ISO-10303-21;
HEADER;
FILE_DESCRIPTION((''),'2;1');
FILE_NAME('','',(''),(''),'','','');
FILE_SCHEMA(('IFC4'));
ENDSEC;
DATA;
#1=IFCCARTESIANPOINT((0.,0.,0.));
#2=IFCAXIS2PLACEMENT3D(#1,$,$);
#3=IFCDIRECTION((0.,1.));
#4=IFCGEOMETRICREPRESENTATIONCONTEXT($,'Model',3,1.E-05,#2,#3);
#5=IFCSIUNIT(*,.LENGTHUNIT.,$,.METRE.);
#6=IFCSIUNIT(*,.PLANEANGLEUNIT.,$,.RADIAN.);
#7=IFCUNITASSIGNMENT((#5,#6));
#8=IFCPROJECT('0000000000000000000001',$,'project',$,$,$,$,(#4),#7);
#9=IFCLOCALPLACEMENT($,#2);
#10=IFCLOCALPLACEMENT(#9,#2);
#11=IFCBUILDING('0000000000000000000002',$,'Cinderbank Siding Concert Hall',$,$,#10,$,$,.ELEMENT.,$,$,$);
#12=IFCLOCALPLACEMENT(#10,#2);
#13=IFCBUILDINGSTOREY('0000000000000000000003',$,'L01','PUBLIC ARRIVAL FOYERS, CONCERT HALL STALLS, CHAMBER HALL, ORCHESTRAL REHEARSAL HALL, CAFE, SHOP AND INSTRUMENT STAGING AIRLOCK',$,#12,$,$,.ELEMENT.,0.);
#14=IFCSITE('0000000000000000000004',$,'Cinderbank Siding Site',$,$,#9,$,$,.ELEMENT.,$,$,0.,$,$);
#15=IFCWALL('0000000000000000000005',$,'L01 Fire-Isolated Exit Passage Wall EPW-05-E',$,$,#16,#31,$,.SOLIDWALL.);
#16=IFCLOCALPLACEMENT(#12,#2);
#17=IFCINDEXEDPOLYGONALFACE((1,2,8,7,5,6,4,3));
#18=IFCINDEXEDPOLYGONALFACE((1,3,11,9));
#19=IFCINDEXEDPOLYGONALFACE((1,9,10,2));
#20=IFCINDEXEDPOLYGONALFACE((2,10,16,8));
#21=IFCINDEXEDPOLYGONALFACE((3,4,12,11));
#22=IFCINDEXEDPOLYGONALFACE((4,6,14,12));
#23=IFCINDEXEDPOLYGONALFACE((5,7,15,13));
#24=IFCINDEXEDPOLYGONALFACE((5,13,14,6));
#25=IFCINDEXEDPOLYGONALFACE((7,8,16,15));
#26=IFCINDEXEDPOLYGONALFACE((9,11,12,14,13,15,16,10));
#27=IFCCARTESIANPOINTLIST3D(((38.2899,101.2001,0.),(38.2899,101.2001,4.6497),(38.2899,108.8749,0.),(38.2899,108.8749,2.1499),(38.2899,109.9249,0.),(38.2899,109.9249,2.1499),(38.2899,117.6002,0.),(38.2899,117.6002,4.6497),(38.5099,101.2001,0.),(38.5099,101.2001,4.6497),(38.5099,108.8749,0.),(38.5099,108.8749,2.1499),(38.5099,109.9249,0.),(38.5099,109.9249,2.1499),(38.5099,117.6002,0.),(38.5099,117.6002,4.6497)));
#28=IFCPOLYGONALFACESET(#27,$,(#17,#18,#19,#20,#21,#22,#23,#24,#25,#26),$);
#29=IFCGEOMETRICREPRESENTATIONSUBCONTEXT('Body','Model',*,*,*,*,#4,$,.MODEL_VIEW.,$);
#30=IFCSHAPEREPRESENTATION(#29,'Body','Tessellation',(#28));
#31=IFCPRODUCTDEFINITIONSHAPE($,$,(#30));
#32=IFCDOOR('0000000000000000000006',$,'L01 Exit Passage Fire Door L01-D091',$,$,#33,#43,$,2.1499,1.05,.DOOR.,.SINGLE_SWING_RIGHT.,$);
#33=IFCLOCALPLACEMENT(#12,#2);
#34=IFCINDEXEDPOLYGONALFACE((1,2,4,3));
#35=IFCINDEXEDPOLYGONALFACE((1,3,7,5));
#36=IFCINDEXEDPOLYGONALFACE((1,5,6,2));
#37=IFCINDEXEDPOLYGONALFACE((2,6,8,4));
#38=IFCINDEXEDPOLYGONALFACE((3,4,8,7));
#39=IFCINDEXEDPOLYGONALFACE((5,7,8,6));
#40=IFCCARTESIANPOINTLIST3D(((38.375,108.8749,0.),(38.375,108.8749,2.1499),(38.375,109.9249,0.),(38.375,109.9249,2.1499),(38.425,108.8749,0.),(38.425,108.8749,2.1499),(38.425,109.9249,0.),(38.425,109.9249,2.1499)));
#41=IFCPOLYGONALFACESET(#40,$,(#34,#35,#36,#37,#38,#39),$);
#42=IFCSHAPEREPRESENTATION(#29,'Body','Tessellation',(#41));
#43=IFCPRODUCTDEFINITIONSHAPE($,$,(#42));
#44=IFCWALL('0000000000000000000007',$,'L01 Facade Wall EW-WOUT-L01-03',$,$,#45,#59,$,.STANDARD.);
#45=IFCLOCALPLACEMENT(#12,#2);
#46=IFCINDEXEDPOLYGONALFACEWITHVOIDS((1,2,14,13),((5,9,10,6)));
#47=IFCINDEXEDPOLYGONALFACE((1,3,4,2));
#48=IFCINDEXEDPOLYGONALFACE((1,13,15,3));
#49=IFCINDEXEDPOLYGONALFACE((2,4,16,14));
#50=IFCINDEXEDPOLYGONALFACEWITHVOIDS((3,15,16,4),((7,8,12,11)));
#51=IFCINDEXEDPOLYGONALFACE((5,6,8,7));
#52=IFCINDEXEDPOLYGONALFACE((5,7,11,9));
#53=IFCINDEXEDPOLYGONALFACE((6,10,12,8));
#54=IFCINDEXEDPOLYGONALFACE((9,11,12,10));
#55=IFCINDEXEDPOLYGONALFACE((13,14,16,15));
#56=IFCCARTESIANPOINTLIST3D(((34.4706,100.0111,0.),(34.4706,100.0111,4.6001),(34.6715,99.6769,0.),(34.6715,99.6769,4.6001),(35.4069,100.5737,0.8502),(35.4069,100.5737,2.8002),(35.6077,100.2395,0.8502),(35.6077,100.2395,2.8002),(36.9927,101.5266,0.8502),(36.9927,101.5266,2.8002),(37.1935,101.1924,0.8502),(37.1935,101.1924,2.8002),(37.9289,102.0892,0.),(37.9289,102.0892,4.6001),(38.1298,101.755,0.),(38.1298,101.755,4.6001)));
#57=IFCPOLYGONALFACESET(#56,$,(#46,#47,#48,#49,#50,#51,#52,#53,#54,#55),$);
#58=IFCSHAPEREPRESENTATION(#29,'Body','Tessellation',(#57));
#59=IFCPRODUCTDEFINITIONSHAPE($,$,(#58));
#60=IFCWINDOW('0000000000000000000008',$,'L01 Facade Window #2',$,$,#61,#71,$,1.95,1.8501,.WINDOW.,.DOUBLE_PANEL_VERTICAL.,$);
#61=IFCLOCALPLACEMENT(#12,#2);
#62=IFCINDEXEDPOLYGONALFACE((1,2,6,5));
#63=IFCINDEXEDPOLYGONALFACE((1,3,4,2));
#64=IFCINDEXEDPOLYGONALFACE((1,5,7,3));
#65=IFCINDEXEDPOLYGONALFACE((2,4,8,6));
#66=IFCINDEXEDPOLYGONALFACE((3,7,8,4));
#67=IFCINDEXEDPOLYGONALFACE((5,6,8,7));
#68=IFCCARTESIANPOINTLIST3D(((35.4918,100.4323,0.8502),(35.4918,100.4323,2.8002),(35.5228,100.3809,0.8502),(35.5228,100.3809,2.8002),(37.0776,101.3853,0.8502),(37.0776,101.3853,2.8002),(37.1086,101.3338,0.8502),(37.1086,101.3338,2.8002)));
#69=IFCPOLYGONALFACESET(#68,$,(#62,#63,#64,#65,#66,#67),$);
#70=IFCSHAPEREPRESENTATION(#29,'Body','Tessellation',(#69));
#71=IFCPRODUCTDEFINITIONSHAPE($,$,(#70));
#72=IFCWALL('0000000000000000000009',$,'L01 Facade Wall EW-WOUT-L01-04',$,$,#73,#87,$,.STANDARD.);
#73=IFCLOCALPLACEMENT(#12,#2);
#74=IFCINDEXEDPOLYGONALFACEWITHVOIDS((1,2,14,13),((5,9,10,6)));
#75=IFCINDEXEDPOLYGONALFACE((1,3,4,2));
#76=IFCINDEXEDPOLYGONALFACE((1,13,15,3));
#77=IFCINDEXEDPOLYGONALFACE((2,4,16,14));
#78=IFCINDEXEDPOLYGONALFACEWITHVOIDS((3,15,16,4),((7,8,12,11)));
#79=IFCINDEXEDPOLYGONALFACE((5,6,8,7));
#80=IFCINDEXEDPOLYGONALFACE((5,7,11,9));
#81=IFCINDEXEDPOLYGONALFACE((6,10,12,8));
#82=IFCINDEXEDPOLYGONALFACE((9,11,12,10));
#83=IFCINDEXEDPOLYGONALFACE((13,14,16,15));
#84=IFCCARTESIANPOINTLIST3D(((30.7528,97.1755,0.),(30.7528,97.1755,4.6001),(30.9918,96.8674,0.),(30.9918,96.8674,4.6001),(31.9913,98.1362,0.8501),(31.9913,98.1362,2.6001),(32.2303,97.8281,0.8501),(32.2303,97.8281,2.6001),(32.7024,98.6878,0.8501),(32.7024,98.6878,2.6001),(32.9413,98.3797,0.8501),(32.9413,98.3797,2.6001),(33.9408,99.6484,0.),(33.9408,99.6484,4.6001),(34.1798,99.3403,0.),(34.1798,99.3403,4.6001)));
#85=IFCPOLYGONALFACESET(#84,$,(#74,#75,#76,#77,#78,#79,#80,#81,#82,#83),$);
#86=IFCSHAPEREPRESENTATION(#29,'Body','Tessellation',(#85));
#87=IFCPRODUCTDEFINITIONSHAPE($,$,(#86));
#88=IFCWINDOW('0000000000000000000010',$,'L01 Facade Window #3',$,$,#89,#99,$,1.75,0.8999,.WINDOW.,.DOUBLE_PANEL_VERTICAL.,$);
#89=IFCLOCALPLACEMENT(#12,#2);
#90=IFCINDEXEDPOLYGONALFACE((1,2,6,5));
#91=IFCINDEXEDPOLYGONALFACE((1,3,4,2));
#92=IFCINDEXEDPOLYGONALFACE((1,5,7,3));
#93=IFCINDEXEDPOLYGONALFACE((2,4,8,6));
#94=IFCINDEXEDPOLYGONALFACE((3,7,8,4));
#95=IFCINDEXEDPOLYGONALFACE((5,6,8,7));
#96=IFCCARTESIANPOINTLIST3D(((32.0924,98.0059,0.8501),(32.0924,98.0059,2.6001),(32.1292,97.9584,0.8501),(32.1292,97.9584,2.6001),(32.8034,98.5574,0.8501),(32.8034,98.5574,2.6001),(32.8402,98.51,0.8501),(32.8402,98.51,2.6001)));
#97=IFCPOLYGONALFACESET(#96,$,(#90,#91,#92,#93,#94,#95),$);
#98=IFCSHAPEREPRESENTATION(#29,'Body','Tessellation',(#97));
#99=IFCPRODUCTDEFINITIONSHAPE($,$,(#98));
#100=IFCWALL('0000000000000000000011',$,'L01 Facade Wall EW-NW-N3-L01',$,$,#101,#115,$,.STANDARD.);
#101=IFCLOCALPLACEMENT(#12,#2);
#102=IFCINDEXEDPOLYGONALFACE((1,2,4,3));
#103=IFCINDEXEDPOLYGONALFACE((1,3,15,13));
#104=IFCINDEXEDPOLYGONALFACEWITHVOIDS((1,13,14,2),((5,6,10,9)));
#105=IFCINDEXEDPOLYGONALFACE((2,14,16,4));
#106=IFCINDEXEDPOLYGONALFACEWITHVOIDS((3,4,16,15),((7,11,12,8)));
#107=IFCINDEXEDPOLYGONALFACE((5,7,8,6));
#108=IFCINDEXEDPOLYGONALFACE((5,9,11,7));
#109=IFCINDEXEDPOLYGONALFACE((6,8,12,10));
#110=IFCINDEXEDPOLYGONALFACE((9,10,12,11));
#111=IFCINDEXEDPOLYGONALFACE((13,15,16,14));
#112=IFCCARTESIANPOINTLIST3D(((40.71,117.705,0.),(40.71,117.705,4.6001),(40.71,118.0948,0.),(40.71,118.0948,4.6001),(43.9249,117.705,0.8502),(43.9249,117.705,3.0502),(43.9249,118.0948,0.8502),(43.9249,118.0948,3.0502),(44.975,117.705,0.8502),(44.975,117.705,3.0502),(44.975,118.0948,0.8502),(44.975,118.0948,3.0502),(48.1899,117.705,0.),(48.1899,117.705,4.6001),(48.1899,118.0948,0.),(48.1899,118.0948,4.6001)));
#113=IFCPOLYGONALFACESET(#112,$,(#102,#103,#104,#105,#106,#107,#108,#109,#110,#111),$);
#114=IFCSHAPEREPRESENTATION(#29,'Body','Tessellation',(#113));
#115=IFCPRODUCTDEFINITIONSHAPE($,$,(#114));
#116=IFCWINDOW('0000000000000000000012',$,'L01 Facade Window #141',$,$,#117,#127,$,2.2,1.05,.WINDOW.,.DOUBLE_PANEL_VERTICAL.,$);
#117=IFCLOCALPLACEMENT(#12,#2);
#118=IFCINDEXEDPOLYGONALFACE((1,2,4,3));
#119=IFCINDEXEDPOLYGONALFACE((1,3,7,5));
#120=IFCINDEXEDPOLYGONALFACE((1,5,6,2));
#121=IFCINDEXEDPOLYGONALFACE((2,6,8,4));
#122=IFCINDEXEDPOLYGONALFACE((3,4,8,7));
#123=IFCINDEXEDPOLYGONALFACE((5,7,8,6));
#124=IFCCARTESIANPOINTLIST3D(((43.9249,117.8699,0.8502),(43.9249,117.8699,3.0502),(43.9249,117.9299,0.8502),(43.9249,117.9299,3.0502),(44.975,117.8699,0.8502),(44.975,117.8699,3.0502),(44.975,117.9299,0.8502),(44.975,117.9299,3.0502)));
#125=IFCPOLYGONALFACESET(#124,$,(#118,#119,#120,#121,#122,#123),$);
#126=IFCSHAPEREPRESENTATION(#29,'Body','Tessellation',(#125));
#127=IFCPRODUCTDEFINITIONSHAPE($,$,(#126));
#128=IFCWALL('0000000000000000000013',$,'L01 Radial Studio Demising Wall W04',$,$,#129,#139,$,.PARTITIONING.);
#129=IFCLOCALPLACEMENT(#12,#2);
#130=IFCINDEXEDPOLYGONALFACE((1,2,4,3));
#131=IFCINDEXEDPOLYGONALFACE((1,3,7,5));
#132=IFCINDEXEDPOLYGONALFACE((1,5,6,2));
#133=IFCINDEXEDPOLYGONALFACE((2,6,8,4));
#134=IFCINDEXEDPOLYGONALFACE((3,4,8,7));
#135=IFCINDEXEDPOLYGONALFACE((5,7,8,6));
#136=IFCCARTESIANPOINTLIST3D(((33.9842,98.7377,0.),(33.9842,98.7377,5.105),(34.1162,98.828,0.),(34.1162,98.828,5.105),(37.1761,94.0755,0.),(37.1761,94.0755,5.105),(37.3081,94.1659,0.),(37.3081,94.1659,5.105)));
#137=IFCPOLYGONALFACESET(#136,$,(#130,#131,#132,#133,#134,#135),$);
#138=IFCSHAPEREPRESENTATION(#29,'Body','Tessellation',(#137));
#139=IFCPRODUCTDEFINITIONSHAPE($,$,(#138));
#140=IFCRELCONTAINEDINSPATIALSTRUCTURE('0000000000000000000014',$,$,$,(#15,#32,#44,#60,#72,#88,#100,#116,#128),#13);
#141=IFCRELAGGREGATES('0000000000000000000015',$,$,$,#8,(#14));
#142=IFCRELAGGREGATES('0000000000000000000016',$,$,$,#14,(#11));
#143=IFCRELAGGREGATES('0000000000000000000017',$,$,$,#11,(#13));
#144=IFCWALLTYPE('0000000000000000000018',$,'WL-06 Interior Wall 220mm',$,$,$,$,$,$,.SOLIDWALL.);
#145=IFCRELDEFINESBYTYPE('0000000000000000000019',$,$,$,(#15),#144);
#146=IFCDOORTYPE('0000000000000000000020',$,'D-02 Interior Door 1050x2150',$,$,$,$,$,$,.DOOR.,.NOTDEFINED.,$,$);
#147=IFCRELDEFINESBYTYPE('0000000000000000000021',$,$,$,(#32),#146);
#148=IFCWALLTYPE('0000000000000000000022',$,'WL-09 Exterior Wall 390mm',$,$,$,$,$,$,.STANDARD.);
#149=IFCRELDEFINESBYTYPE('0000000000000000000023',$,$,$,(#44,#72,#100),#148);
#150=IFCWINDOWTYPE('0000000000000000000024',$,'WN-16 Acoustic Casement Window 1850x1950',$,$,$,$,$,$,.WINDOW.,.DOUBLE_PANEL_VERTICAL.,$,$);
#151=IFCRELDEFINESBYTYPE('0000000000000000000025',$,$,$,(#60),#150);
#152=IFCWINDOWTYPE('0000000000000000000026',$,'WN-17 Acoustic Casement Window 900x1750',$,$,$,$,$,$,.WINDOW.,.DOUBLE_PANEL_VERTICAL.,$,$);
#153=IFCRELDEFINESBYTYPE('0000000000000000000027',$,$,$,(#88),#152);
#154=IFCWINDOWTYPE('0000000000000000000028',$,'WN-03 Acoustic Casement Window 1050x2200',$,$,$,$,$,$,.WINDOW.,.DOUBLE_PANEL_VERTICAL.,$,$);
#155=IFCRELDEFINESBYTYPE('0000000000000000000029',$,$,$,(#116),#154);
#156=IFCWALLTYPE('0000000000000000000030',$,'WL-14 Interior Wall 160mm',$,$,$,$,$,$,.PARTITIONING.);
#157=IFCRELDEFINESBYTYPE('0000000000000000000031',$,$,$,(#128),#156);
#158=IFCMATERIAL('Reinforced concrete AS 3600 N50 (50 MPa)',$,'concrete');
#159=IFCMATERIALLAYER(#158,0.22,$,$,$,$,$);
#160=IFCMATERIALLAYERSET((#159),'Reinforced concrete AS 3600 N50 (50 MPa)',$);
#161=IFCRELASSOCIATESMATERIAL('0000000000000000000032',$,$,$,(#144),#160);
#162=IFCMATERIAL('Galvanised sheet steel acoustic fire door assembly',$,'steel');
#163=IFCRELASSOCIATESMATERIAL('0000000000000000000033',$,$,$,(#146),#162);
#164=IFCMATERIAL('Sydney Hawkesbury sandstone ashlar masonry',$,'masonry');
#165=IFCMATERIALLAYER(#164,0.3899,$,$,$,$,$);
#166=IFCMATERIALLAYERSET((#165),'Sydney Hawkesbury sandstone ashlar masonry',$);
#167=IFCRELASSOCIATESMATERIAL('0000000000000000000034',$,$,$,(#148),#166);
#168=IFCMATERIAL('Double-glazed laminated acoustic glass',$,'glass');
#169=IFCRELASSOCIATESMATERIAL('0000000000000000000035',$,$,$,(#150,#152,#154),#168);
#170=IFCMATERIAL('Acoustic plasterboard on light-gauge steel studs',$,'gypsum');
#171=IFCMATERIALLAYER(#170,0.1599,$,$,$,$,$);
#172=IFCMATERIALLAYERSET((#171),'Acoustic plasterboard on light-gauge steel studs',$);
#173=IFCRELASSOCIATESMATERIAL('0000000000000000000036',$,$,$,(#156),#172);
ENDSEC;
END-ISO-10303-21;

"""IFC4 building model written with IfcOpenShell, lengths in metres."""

from ifc_helpers import new_model, si_unit, direction, frame, frame_2d, origin, place, context, subcontext, project, spatial, rectangle, extrude, material, layer, layer_set, type_object, element, fill, save


model = new_model("IFC4")

# Units and contexts
model_context = context("Model", 3, precision=1e-05, world=origin(), true_north=direction((0.0, 1.0)))
body_context = subcontext(model_context, "Body", "Model", "MODEL_VIEW")
ifc_project = project(units=[si_unit("LENGTHUNIT", "METRE"), si_unit("PLANEANGLEUNIT", "RADIAN")], contexts=[model_context])

# Site, building, storey
site_placement = place(None, origin())
site = spatial("IfcSite", under=ifc_project, at=site_placement, Name="Cinderbank Siding Site", CompositionType="ELEMENT", RefElevation=0.0)
building_placement = place(site_placement, origin())
building = spatial("IfcBuilding", under=site, at=building_placement, Name="Cinderbank Siding Concert Hall", CompositionType="ELEMENT")
storey_placement = place(building_placement, origin())
storey = spatial("IfcBuildingStorey", under=building, at=storey_placement, Name="L01", Description="PUBLIC ARRIVAL FOYERS, CONCERT HALL STALLS, CHAMBER HALL, ORCHESTRAL REHEARSAL HALL, CAFE, SHOP AND INSTRUMENT STAGING AIRLOCK", CompositionType="ELEMENT", Elevation=0.0)

# Shared definitions
ifc_material_1 = material(Name="Reinforced concrete AS 3600 N50 (50 MPa)", Category="concrete")

# Shared definitions
ifc_layer_1 = layer(ifc_material_1, 0.22)
ifc_layer_set_1 = layer_set([ifc_layer_1], Name="Reinforced concrete AS 3600 N50 (50 MPa)")
wall_type_1 = type_object("IfcWallType", Name="WL-06 Interior Wall 220mm", PredefinedType="SOLIDWALL", material=ifc_layer_set_1)

# Wall, opening, door
wall_1_placement = place(storey_placement, frame((38.3999, 101.2, 0.0), z_axis=(0.0, 0.0, 1.0), x_axis=(0.0, 1.0, 0.0)))
wall_1 = element("IfcWall", 1, at=wall_1_placement, inside=storey, type_object=wall_type_1, Name="L01 Fire-Isolated Exit Passage Wall EPW-05-E", PredefinedType="SOLIDWALL", context=body_context, shape_type="SweptSolid", body=[
    extrude(rectangle(XDim=16.4001, YDim=0.22, at=frame_2d((8.2002, 0.0))), origin(), (0.0, 0.0, 1.0), 4.6497),
])
opening_1_placement = place(wall_1_placement, frame((7.675, 0.0, 0.0)))
opening_1 = element("IfcOpeningElement", 2, at=opening_1_placement, cuts=wall_1, PredefinedType="OPENING", context=body_context, shape_type="SweptSolid", body=[
    extrude(rectangle(XDim=1.05, YDim=2.1499, at=frame_2d((0.5249, 1.075))), frame((0.0, 0.1221, 0.0), z_axis=(0.0, -1.0, 0.0), x_axis=(1.0, 0.0, 0.0)), (0.0, 0.0, 1.0), 0.2439),
])
ifc_material_2 = material(Name="Galvanised sheet steel acoustic fire door assembly", Category="steel")
door_type_1 = type_object("IfcDoorType", Name="D-02 Interior Door 1050x2150", OperationType="NOTDEFINED", PredefinedType="DOOR", material=ifc_material_2)
door_1_placement = place(opening_1_placement, origin())
door_1 = element("IfcDoor", 3, at=door_1_placement, inside=storey, type_object=door_type_1, Name="L01 Exit Passage Fire Door L01-D091", OperationType="SINGLE_SWING_RIGHT", OverallHeight=2.1499, OverallWidth=1.05, PredefinedType="DOOR", context=body_context, shape_type="SweptSolid", body=[
    extrude(rectangle(XDim=1.05, YDim=2.1499, at=frame_2d((0.5249, 1.075))), frame((0.0, 0.0249, 0.0), z_axis=(0.0, -1.0, 0.0), x_axis=(1.0, 0.0, 0.0)), (0.0, 0.0, 1.0), 0.05),
])
fill(opening_1, door_1)

# Walls, openings, windows
ifc_material_3 = material(Name="Sydney Hawkesbury sandstone ashlar masonry", Category="masonry")
ifc_layer_2 = layer(ifc_material_3, 0.3899)
ifc_layer_set_2 = layer_set([ifc_layer_2], Name="Sydney Hawkesbury sandstone ashlar masonry")
wall_type_2 = type_object("IfcWallType", Name="WL-09 Exterior Wall 390mm", PredefinedType="STANDARD", material=ifc_layer_set_2)
wall_2_placement = place(storey_placement, frame((34.571, 99.844, 0.0), z_axis=(0.0, 0.0, 1.0), x_axis=(0.857146, 0.515074, 0.0)))
wall_2 = element("IfcWall", 4, at=wall_2_placement, inside=storey, type_object=wall_type_2, Name="L01 Facade Wall EW-WOUT-L01-03", PredefinedType="STANDARD", context=body_context, shape_type="SweptSolid", body=[
    extrude(rectangle(XDim=4.0347, YDim=0.3899, at=frame_2d((2.0173, 0.0))), origin(), (0.0, 0.0, 1.0), 4.6001),
])
opening_2_placement = place(wall_2_placement, frame((1.0923, 0.0, 0.8501)))
opening_2 = element("IfcOpeningElement", 5, at=opening_2_placement, cuts=wall_2, PredefinedType="OPENING", context=body_context, shape_type="SweptSolid", body=[
    extrude(rectangle(XDim=1.8501, YDim=1.95, at=frame_2d((0.925, 0.9751))), frame((0.0, 0.207, 0.0), z_axis=(0.0, -1.0, 0.0), x_axis=(1.0, 0.0, 0.0)), (0.0, 0.0, 1.0), 0.4138),
])
ifc_material_4 = material(Name="Double-glazed laminated acoustic glass", Category="glass")
window_type_1 = type_object("IfcWindowType", Name="WN-16 Acoustic Casement Window 1850x1950", PartitioningType="DOUBLE_PANEL_VERTICAL", PredefinedType="WINDOW", material=ifc_material_4)
window_1_placement = place(opening_2_placement, origin())
window_1 = element("IfcWindow", 6, at=window_1_placement, inside=storey, type_object=window_type_1, Name="L01 Facade Window #2", OverallHeight=1.95, OverallWidth=1.8501, PartitioningType="DOUBLE_PANEL_VERTICAL", PredefinedType="WINDOW", context=body_context, shape_type="SweptSolid", body=[
    extrude(rectangle(XDim=1.8501, YDim=1.95, at=frame_2d((0.925, 0.9751))), frame((0.0, 0.03, 0.0), z_axis=(0.0, -1.0, 0.0), x_axis=(1.0, 0.0, 0.0)), (0.0, 0.0, 1.0), 0.0601),
])
fill(opening_2, window_1)
wall_3_placement = place(storey_placement, frame((34.0603, 99.4944, 0.0), z_axis=(0.0, 0.0, 1.0), x_axis=(-0.79015, -0.612914, 0.0)))
wall_3 = element("IfcWall", 7, at=wall_3_placement, inside=storey, type_object=wall_type_2, Name="L01 Facade Wall EW-WOUT-L01-04", PredefinedType="STANDARD", context=body_context, shape_type="SweptSolid", body=[
    extrude(rectangle(XDim=4.0347, YDim=0.3899, at=frame_2d((2.0173, 0.0))), origin(), (0.0, 0.0, 1.0), 4.6001),
])
opening_3_placement = place(wall_3_placement, frame((1.5674, 0.0, 0.8501)))
opening_3 = element("IfcOpeningElement", 8, at=opening_3_placement, cuts=wall_3, PredefinedType="OPENING", context=body_context, shape_type="SweptSolid", body=[
    extrude(rectangle(XDim=0.8999, YDim=1.75, at=frame_2d((0.45, 0.875))), frame((0.0, 0.207, 0.0), z_axis=(0.0, -1.0, 0.0), x_axis=(1.0, 0.0, 0.0)), (0.0, 0.0, 1.0), 0.4138),
])
window_type_2 = type_object("IfcWindowType", Name="WN-17 Acoustic Casement Window 900x1750", PartitioningType="DOUBLE_PANEL_VERTICAL", PredefinedType="WINDOW", material=ifc_material_4)
window_2_placement = place(opening_3_placement, origin())
window_2 = element("IfcWindow", 9, at=window_2_placement, inside=storey, type_object=window_type_2, Name="L01 Facade Window #3", OverallHeight=1.75, OverallWidth=0.8999, PartitioningType="DOUBLE_PANEL_VERTICAL", PredefinedType="WINDOW", context=body_context, shape_type="SweptSolid", body=[
    extrude(rectangle(XDim=0.8999, YDim=1.75, at=frame_2d((0.45, 0.875))), frame((0.0, 0.03, 0.0), z_axis=(0.0, -1.0, 0.0), x_axis=(1.0, 0.0, 0.0)), (0.0, 0.0, 1.0), 0.0601),
])
fill(opening_3, window_2)
wall_4_placement = place(storey_placement, frame((40.71, 117.8999, 0.0), z_axis=(0.0, 0.0, 1.0), x_axis=(1.0, 0.0, 0.0)))
wall_4 = element("IfcWall", 10, at=wall_4_placement, inside=storey, type_object=wall_type_2, Name="L01 Facade Wall EW-NW-N3-L01", PredefinedType="STANDARD", context=body_context, shape_type="SweptSolid", body=[
    extrude(rectangle(XDim=7.48, YDim=0.3899, at=frame_2d((3.74, 0.0))), origin(), (0.0, 0.0, 1.0), 4.6001),
])
opening_4_placement = place(wall_4_placement, frame((3.2151, 0.0, 0.8501)))
opening_4 = element("IfcOpeningElement", 11, at=opening_4_placement, cuts=wall_4, PredefinedType="OPENING", context=body_context, shape_type="SweptSolid", body=[
    extrude(rectangle(XDim=1.05, YDim=2.2, at=frame_2d((0.5249, 1.1001))), frame((0.0, 0.207, 0.0), z_axis=(0.0, -1.0, 0.0), x_axis=(1.0, 0.0, 0.0)), (0.0, 0.0, 1.0), 0.4138),
])
window_type_3 = type_object("IfcWindowType", Name="WN-03 Acoustic Casement Window 1050x2200", PartitioningType="DOUBLE_PANEL_VERTICAL", PredefinedType="WINDOW", material=ifc_material_4)
window_3_placement = place(opening_4_placement, origin())
window_3 = element("IfcWindow", 12, at=window_3_placement, inside=storey, type_object=window_type_3, Name="L01 Facade Window #141", OverallHeight=2.2, OverallWidth=1.05, PartitioningType="DOUBLE_PANEL_VERTICAL", PredefinedType="WINDOW", context=body_context, shape_type="SweptSolid", body=[
    extrude(rectangle(XDim=1.05, YDim=2.2, at=frame_2d((0.5249, 1.1001))), frame((0.0, 0.03, 0.0), z_axis=(0.0, -1.0, 0.0), x_axis=(1.0, 0.0, 0.0)), (0.0, 0.0, 1.0), 0.0601),
])
fill(opening_4, window_3)

# Wall
ifc_material_5 = material(Name="Acoustic plasterboard on light-gauge steel studs", Category="gypsum")
ifc_layer_3 = layer(ifc_material_5, 0.1599)
ifc_layer_set_3 = layer_set([ifc_layer_3], Name="Acoustic plasterboard on light-gauge steel studs")
wall_type_3 = type_object("IfcWallType", Name="WL-14 Interior Wall 160mm", PredefinedType="PARTITIONING", material=ifc_layer_set_3)
wall_5_placement = place(storey_placement, frame((37.2422, 94.1206, 0.0), z_axis=(0.0, 0.0, 1.0), x_axis=(-0.564929, 0.82514, 0.0)))
element("IfcWall", 13, at=wall_5_placement, inside=storey, type_object=wall_type_3, Name="L01 Radial Studio Demising Wall W04", PredefinedType="PARTITIONING", context=body_context, shape_type="SweptSolid", body=[
    extrude(rectangle(XDim=5.6501, YDim=0.1599, at=frame_2d((2.8252, 0.0))), origin(), (0.0, 0.0, 1.0), 5.105),
])

save(model, "model.ifc")
